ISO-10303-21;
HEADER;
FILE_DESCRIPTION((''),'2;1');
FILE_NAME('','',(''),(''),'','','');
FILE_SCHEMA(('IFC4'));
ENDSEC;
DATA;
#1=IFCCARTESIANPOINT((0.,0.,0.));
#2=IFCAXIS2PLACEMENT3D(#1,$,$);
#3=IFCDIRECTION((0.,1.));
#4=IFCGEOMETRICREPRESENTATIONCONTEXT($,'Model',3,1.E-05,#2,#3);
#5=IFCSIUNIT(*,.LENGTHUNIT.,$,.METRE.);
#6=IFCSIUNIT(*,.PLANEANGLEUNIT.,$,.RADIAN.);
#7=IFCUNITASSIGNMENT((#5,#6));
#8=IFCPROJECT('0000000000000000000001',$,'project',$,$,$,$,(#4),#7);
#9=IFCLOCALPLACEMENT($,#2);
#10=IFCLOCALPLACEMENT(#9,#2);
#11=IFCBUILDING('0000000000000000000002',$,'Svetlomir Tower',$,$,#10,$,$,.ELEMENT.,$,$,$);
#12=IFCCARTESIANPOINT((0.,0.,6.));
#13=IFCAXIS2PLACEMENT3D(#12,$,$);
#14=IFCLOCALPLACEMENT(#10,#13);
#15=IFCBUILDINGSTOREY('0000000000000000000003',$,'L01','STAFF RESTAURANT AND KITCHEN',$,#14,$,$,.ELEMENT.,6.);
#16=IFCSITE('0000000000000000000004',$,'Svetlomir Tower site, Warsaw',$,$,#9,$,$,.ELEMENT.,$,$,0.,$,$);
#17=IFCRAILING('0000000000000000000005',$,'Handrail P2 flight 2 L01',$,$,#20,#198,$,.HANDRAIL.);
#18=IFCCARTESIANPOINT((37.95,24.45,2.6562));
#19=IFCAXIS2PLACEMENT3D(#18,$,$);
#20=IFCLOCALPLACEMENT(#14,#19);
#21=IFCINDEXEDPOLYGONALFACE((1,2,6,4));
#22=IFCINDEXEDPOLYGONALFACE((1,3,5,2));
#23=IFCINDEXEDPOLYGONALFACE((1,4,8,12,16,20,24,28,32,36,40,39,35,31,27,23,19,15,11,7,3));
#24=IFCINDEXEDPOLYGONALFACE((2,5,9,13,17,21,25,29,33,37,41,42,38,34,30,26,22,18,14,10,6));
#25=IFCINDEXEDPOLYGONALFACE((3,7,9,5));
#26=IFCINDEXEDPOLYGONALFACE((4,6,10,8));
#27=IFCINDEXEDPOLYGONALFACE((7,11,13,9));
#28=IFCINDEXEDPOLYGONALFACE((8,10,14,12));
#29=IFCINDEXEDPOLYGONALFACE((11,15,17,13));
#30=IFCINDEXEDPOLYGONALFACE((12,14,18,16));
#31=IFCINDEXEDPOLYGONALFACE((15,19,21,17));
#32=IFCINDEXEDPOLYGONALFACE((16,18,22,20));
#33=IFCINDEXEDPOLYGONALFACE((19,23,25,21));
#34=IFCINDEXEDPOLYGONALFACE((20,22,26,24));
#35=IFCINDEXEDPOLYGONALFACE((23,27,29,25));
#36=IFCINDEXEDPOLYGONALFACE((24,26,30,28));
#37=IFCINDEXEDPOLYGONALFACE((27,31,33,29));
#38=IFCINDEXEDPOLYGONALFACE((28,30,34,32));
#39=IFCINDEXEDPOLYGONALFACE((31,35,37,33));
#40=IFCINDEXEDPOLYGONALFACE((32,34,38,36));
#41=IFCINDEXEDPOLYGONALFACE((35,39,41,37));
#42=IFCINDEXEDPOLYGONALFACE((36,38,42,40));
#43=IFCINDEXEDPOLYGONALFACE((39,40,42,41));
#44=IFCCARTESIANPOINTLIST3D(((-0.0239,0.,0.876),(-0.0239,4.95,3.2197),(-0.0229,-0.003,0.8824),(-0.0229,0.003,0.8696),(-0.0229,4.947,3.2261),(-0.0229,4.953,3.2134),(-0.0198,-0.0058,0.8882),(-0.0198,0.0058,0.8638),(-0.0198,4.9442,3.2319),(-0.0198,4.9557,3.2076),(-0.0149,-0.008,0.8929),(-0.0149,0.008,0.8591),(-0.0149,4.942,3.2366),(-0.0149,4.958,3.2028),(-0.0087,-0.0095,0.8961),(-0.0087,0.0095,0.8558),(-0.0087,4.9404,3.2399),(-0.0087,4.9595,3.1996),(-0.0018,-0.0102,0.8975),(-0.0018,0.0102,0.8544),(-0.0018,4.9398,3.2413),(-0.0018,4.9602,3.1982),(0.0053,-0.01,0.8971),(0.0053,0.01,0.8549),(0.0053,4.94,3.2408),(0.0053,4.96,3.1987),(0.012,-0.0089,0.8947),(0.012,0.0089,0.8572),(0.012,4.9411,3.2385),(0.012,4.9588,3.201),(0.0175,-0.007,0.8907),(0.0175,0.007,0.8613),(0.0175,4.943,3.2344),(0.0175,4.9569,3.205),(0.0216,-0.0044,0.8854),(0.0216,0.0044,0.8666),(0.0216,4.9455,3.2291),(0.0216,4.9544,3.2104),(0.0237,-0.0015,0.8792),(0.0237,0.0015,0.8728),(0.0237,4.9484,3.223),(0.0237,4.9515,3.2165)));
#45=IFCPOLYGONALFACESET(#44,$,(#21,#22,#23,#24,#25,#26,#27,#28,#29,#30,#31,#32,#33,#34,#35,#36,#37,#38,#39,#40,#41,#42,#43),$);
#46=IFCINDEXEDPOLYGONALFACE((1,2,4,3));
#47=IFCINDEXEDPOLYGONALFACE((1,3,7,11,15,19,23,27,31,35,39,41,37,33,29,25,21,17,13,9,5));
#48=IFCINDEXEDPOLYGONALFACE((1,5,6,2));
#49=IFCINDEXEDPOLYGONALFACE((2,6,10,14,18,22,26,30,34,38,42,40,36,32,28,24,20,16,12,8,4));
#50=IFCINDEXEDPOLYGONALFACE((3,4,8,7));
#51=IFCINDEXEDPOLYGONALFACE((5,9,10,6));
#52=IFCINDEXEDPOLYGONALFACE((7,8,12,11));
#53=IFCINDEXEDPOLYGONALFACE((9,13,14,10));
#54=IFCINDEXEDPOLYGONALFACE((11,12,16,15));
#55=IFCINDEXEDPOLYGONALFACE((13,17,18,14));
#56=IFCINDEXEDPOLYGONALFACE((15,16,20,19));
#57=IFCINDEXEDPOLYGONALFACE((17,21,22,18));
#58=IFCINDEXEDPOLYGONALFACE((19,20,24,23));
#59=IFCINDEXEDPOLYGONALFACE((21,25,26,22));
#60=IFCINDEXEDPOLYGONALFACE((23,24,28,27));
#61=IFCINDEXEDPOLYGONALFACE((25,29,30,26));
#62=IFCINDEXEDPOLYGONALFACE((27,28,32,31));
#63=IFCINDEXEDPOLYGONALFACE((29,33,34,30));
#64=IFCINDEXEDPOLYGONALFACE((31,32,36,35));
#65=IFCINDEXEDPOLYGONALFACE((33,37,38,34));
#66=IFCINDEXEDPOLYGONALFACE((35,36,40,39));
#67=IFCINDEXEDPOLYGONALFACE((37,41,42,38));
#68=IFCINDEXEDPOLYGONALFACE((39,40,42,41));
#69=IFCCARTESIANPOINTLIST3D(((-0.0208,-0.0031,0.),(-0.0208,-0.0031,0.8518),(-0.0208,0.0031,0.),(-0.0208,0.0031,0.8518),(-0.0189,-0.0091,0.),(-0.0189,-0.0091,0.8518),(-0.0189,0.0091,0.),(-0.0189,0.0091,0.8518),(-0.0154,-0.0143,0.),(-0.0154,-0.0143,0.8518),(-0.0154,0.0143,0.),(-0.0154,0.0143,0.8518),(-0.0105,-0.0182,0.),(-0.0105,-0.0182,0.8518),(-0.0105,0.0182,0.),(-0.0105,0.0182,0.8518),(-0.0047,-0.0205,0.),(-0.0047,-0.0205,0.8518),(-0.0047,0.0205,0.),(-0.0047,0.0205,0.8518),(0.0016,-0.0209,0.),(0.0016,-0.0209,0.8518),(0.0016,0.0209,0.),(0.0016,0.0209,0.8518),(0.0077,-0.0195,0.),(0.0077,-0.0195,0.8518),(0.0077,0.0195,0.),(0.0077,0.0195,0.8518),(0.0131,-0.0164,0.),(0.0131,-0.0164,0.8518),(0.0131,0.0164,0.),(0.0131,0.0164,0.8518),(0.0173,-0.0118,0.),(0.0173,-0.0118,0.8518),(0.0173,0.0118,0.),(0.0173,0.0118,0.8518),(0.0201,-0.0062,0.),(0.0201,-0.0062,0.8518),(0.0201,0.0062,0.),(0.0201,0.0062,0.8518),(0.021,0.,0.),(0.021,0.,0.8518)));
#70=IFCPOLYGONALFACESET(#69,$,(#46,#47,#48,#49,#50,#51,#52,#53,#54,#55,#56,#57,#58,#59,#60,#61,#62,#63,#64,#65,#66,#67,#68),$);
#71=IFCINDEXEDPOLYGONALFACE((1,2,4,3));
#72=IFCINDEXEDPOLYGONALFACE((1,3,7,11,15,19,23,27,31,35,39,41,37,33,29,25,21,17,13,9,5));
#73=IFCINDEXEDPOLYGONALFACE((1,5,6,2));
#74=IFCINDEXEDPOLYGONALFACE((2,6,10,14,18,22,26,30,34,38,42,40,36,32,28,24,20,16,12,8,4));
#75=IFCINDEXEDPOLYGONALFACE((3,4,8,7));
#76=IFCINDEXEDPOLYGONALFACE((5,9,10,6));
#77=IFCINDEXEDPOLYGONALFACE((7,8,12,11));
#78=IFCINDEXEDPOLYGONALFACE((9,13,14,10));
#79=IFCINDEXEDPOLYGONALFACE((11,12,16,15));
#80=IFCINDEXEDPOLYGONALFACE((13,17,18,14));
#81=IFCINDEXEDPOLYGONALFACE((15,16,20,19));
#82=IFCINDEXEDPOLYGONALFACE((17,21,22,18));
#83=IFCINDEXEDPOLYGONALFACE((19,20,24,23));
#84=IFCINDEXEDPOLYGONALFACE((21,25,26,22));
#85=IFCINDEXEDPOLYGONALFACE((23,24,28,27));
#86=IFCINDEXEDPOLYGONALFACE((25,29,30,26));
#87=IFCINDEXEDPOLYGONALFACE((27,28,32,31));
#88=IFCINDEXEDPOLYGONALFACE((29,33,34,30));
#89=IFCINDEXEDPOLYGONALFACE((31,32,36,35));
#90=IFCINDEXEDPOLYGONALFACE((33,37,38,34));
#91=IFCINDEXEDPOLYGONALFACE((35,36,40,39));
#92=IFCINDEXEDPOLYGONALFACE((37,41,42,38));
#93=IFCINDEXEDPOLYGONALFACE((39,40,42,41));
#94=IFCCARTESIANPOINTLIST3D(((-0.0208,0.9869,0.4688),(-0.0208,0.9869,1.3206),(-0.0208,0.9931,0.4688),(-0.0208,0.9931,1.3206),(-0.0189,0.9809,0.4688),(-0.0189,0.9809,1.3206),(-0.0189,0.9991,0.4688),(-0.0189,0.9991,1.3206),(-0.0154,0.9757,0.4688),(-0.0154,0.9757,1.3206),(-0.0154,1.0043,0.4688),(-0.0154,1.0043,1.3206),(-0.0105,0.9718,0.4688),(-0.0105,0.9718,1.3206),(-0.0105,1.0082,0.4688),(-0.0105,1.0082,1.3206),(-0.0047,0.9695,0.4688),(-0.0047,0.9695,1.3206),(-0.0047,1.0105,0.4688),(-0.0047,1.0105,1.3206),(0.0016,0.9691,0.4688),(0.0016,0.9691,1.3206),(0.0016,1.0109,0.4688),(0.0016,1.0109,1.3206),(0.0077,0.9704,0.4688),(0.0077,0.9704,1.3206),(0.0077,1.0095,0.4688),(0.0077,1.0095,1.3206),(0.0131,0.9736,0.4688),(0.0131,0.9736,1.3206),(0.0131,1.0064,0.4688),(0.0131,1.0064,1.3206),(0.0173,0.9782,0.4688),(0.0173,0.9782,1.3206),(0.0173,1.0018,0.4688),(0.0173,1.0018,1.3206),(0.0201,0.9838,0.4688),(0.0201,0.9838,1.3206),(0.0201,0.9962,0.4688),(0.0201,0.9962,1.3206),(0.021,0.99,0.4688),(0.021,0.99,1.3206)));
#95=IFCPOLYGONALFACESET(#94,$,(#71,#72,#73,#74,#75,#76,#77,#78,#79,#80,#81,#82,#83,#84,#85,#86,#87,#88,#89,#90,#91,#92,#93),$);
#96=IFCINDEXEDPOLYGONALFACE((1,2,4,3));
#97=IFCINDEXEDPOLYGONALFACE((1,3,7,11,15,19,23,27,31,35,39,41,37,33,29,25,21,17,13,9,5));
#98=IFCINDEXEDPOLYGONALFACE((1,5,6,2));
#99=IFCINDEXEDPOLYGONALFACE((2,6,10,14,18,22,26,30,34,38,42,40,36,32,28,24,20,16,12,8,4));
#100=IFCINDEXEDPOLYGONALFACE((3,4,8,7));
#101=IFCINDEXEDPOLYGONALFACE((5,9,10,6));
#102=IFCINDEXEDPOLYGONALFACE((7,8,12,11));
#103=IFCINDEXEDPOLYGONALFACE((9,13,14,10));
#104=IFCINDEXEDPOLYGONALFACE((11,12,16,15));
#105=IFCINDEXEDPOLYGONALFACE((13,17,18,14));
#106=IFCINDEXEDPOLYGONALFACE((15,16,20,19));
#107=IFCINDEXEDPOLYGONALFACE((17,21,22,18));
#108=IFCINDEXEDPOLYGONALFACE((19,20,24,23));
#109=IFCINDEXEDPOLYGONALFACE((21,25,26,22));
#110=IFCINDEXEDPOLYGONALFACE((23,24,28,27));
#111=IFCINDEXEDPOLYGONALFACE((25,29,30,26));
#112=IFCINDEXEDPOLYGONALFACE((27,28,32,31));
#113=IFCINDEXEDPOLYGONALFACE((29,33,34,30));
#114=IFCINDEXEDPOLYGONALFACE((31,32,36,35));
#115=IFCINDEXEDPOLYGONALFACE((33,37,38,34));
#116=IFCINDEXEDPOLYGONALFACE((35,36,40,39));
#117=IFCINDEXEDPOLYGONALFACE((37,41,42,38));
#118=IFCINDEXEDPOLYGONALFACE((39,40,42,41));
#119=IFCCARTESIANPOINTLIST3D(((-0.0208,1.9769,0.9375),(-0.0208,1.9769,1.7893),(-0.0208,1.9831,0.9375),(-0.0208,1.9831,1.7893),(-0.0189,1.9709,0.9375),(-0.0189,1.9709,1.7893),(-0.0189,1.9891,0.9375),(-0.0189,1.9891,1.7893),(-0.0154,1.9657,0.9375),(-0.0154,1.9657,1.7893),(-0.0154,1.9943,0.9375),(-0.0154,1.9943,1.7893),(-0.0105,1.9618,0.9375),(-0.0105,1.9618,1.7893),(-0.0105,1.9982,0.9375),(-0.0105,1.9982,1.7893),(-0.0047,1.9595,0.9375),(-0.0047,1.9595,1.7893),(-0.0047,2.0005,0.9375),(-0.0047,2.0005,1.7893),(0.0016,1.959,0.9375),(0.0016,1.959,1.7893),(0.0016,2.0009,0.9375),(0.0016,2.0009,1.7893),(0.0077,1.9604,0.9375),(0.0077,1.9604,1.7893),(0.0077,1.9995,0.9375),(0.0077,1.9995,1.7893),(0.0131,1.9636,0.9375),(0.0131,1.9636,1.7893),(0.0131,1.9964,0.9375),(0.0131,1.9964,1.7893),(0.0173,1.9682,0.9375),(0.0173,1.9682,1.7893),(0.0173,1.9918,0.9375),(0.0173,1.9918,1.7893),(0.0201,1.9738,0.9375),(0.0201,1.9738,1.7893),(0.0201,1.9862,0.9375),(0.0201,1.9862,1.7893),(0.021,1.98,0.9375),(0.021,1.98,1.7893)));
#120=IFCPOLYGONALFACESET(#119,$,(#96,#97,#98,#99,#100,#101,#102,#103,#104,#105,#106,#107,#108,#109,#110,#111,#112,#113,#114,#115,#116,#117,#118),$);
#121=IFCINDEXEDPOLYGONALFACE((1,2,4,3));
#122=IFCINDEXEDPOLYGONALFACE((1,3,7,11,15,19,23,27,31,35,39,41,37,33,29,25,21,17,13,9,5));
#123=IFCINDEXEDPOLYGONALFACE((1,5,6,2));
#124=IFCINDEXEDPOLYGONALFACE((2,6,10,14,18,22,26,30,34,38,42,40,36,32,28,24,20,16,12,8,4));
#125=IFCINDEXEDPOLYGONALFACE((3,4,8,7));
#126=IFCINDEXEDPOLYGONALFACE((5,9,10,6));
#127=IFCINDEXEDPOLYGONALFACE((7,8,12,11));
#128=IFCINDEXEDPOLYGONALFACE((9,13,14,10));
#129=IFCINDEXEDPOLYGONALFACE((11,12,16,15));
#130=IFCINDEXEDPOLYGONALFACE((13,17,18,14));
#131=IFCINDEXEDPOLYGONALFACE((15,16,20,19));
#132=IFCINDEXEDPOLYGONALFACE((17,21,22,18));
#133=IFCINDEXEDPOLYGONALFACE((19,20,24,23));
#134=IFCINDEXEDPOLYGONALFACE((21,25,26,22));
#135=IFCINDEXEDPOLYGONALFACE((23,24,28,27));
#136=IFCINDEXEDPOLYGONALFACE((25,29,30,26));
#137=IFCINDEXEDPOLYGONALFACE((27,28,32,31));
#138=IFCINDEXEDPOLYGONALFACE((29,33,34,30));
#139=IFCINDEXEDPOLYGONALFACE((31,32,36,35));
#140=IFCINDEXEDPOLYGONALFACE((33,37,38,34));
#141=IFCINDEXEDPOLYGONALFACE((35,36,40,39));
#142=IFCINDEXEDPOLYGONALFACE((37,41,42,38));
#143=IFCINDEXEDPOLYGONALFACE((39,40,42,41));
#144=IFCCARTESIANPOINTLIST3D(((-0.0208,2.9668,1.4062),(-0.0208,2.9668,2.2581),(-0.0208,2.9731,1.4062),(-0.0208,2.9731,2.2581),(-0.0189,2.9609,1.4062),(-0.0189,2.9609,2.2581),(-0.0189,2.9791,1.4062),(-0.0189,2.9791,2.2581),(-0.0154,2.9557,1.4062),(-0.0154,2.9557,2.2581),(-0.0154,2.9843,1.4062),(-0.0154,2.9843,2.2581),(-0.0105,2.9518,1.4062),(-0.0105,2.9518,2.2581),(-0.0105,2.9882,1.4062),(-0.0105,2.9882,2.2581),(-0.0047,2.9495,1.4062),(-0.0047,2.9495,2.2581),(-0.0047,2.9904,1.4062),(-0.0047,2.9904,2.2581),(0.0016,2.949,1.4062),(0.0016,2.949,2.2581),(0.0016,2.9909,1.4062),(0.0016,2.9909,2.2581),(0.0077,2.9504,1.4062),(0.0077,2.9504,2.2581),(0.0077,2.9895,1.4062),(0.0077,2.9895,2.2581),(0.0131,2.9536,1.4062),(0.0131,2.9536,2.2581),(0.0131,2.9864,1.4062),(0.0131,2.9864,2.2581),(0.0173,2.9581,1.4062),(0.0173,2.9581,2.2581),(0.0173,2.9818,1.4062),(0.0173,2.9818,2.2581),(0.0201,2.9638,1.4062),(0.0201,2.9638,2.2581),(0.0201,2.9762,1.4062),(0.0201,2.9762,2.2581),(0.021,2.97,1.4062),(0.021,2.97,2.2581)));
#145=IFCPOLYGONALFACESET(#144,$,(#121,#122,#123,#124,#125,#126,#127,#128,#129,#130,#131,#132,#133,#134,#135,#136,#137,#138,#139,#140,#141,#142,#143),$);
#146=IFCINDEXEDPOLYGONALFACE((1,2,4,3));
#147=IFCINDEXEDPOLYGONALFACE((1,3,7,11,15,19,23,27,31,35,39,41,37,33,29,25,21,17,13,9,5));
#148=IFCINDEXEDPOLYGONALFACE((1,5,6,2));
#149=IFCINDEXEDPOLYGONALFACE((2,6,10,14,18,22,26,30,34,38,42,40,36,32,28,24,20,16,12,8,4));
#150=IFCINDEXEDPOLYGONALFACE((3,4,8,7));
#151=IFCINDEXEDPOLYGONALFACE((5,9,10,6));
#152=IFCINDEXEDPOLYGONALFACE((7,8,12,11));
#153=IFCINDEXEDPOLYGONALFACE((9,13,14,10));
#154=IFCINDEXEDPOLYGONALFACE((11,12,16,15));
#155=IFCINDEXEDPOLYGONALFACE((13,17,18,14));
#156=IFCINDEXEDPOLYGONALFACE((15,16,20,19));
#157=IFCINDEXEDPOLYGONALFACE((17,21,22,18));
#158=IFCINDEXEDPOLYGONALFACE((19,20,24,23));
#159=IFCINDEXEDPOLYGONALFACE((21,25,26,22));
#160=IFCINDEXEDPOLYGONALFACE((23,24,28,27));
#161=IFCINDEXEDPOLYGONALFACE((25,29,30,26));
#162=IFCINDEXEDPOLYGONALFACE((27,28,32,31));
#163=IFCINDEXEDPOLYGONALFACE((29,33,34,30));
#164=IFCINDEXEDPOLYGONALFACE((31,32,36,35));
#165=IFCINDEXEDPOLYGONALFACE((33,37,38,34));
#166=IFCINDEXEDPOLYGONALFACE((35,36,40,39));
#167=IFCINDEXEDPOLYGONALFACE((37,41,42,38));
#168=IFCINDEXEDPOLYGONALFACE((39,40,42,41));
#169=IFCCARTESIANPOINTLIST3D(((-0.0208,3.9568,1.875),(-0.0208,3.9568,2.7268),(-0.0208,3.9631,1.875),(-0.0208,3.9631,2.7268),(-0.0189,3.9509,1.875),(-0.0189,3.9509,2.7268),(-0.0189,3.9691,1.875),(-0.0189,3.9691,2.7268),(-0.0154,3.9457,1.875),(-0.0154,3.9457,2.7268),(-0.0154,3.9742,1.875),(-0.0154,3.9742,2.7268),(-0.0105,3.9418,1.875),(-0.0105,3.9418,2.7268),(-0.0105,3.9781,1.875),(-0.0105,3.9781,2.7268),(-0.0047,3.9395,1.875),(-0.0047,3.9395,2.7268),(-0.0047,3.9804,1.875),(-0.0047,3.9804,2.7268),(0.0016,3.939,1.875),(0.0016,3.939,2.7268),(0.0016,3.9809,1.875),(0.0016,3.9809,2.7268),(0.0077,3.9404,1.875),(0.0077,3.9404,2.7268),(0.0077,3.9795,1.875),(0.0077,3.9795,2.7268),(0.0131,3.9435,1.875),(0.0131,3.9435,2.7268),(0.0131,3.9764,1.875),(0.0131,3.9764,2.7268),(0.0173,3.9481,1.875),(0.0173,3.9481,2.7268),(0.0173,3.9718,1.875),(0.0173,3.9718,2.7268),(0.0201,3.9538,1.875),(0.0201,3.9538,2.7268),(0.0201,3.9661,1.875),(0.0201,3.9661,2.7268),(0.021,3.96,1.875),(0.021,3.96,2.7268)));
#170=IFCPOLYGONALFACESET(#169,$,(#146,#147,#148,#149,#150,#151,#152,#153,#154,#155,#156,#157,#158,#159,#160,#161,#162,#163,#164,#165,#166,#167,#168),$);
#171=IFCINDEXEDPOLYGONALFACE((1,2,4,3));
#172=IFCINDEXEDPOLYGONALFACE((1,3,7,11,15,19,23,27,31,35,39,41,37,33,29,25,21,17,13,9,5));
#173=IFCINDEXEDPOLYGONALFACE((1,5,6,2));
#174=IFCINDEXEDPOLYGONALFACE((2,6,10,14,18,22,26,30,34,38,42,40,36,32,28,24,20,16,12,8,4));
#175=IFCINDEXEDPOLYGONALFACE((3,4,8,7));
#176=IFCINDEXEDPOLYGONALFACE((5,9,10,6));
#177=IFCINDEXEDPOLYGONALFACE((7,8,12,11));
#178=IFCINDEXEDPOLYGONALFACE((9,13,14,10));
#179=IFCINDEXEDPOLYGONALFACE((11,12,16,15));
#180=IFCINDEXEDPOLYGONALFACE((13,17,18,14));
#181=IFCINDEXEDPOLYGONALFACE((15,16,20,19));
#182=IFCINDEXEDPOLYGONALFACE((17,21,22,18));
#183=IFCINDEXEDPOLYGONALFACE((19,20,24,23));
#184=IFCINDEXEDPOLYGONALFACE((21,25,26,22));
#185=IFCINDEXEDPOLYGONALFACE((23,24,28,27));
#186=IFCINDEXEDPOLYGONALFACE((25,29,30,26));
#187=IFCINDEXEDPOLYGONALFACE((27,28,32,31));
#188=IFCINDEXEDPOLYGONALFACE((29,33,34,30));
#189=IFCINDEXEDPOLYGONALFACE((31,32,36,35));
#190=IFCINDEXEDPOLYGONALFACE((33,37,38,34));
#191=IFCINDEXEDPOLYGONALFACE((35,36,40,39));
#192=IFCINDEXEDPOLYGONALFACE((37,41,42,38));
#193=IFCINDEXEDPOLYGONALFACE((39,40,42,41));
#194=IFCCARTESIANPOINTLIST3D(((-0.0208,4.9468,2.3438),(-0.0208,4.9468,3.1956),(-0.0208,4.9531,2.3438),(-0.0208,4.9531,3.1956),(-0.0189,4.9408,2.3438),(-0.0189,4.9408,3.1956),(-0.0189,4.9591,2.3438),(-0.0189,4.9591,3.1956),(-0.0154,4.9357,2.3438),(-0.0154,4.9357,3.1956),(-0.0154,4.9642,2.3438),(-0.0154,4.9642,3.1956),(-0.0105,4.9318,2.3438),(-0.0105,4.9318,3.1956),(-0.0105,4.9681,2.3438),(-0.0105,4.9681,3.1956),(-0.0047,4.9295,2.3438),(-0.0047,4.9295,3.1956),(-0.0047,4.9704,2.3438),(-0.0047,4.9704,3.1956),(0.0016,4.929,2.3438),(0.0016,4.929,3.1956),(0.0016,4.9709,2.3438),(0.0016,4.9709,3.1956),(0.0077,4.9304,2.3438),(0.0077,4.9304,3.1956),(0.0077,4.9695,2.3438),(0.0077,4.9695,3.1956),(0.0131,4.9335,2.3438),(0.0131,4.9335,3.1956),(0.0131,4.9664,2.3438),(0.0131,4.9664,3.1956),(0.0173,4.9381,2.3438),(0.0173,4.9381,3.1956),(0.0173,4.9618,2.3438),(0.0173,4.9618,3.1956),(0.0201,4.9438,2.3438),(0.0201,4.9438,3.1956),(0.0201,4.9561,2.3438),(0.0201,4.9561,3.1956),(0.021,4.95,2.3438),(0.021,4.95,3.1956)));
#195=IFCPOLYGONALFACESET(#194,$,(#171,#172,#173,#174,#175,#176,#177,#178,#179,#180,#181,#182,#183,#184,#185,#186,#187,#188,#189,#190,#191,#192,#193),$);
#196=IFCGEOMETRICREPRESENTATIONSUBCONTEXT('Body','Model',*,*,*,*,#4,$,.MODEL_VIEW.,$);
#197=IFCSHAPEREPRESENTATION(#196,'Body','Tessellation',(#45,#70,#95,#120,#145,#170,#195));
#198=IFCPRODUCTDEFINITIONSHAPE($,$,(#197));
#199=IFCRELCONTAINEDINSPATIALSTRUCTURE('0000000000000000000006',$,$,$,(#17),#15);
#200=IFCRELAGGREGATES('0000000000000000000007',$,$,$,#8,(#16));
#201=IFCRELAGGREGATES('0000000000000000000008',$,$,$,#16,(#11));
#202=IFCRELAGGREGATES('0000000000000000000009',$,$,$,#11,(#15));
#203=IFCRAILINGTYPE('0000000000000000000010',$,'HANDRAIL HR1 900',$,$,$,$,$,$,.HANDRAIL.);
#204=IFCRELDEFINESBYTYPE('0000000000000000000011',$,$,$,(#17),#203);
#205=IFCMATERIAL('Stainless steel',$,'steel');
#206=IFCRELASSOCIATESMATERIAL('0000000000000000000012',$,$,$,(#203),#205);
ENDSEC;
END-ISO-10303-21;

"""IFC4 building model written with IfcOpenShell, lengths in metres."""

from ifc_helpers import new_model, si_unit, direction, frame, origin, origin_2d, place, context, subcontext, project, spatial, circle, extrude, material, type_object, element, save


model = new_model("IFC4")

# Units and contexts
model_context = context("Model", 3, precision=1e-05, world=origin(), true_north=direction((0.0, 1.0)))
body_context = subcontext(model_context, "Body", "Model", "MODEL_VIEW")
ifc_project = project(units=[si_unit("LENGTHUNIT", "METRE"), si_unit("PLANEANGLEUNIT", "RADIAN")], contexts=[model_context])

# Site, building, storey
site_placement = place(None, origin())
site = spatial("IfcSite", under=ifc_project, at=site_placement, Name="Svetlomir Tower site, Warsaw", CompositionType="ELEMENT", RefElevation=0.0)
building_placement = place(site_placement, origin())
building = spatial("IfcBuilding", under=site, at=building_placement, Name="Svetlomir Tower", CompositionType="ELEMENT")
storey_placement = place(building_placement, frame((0.0, 0.0, 6.0)))
storey = spatial("IfcBuildingStorey", under=building, at=storey_placement, Name="L01", Description="STAFF RESTAURANT AND KITCHEN", CompositionType="ELEMENT", Elevation=6.0)

# Railing
ifc_material_1 = material(Name="Stainless steel", Category="steel")
railing_type = type_object("IfcRailingType", Name="HANDRAIL HR1 900", PredefinedType="HANDRAIL", material=ifc_material_1)
railing_placement = place(storey_placement, frame((37.95, 24.45, 2.6562)))
element("IfcRailing", 1, at=railing_placement, inside=storey, type_object=railing_type, Name="Handrail P2 flight 2 L01", PredefinedType="HANDRAIL", context=body_context, shape_type="SweptSolid", body=[
    extrude(circle(Radius=0.0239, at=origin_2d()), frame((0.0, 0.0, 0.876), z_axis=(0.0, 0.903806, 0.427943), x_axis=(-1.0, 0.0, 0.0)), (0.0, 0.0, 1.0), 5.4768),
    extrude(circle(Radius=0.021, at=origin_2d()), origin(), (0.0, 0.0, 1.0), 0.8518),
    extrude(circle(Radius=0.021, at=origin_2d()), frame((0.0, 0.99, 0.4688)), (0.0, 0.0, 1.0), 0.8518),
    extrude(circle(Radius=0.021, at=origin_2d()), frame((0.0, 1.98, 0.9375)), (0.0, 0.0, 1.0), 0.8518),
    extrude(circle(Radius=0.021, at=origin_2d()), frame((0.0, 2.97, 1.4062)), (0.0, 0.0, 1.0), 0.8518),
    extrude(circle(Radius=0.021, at=origin_2d()), frame((0.0, 3.96, 1.875)), (0.0, 0.0, 1.0), 0.8518),
    extrude(circle(Radius=0.021, at=origin_2d()), frame((0.0, 4.95, 2.3438)), (0.0, 0.0, 1.0), 0.8518),
])

save(model, "model.ifc")
